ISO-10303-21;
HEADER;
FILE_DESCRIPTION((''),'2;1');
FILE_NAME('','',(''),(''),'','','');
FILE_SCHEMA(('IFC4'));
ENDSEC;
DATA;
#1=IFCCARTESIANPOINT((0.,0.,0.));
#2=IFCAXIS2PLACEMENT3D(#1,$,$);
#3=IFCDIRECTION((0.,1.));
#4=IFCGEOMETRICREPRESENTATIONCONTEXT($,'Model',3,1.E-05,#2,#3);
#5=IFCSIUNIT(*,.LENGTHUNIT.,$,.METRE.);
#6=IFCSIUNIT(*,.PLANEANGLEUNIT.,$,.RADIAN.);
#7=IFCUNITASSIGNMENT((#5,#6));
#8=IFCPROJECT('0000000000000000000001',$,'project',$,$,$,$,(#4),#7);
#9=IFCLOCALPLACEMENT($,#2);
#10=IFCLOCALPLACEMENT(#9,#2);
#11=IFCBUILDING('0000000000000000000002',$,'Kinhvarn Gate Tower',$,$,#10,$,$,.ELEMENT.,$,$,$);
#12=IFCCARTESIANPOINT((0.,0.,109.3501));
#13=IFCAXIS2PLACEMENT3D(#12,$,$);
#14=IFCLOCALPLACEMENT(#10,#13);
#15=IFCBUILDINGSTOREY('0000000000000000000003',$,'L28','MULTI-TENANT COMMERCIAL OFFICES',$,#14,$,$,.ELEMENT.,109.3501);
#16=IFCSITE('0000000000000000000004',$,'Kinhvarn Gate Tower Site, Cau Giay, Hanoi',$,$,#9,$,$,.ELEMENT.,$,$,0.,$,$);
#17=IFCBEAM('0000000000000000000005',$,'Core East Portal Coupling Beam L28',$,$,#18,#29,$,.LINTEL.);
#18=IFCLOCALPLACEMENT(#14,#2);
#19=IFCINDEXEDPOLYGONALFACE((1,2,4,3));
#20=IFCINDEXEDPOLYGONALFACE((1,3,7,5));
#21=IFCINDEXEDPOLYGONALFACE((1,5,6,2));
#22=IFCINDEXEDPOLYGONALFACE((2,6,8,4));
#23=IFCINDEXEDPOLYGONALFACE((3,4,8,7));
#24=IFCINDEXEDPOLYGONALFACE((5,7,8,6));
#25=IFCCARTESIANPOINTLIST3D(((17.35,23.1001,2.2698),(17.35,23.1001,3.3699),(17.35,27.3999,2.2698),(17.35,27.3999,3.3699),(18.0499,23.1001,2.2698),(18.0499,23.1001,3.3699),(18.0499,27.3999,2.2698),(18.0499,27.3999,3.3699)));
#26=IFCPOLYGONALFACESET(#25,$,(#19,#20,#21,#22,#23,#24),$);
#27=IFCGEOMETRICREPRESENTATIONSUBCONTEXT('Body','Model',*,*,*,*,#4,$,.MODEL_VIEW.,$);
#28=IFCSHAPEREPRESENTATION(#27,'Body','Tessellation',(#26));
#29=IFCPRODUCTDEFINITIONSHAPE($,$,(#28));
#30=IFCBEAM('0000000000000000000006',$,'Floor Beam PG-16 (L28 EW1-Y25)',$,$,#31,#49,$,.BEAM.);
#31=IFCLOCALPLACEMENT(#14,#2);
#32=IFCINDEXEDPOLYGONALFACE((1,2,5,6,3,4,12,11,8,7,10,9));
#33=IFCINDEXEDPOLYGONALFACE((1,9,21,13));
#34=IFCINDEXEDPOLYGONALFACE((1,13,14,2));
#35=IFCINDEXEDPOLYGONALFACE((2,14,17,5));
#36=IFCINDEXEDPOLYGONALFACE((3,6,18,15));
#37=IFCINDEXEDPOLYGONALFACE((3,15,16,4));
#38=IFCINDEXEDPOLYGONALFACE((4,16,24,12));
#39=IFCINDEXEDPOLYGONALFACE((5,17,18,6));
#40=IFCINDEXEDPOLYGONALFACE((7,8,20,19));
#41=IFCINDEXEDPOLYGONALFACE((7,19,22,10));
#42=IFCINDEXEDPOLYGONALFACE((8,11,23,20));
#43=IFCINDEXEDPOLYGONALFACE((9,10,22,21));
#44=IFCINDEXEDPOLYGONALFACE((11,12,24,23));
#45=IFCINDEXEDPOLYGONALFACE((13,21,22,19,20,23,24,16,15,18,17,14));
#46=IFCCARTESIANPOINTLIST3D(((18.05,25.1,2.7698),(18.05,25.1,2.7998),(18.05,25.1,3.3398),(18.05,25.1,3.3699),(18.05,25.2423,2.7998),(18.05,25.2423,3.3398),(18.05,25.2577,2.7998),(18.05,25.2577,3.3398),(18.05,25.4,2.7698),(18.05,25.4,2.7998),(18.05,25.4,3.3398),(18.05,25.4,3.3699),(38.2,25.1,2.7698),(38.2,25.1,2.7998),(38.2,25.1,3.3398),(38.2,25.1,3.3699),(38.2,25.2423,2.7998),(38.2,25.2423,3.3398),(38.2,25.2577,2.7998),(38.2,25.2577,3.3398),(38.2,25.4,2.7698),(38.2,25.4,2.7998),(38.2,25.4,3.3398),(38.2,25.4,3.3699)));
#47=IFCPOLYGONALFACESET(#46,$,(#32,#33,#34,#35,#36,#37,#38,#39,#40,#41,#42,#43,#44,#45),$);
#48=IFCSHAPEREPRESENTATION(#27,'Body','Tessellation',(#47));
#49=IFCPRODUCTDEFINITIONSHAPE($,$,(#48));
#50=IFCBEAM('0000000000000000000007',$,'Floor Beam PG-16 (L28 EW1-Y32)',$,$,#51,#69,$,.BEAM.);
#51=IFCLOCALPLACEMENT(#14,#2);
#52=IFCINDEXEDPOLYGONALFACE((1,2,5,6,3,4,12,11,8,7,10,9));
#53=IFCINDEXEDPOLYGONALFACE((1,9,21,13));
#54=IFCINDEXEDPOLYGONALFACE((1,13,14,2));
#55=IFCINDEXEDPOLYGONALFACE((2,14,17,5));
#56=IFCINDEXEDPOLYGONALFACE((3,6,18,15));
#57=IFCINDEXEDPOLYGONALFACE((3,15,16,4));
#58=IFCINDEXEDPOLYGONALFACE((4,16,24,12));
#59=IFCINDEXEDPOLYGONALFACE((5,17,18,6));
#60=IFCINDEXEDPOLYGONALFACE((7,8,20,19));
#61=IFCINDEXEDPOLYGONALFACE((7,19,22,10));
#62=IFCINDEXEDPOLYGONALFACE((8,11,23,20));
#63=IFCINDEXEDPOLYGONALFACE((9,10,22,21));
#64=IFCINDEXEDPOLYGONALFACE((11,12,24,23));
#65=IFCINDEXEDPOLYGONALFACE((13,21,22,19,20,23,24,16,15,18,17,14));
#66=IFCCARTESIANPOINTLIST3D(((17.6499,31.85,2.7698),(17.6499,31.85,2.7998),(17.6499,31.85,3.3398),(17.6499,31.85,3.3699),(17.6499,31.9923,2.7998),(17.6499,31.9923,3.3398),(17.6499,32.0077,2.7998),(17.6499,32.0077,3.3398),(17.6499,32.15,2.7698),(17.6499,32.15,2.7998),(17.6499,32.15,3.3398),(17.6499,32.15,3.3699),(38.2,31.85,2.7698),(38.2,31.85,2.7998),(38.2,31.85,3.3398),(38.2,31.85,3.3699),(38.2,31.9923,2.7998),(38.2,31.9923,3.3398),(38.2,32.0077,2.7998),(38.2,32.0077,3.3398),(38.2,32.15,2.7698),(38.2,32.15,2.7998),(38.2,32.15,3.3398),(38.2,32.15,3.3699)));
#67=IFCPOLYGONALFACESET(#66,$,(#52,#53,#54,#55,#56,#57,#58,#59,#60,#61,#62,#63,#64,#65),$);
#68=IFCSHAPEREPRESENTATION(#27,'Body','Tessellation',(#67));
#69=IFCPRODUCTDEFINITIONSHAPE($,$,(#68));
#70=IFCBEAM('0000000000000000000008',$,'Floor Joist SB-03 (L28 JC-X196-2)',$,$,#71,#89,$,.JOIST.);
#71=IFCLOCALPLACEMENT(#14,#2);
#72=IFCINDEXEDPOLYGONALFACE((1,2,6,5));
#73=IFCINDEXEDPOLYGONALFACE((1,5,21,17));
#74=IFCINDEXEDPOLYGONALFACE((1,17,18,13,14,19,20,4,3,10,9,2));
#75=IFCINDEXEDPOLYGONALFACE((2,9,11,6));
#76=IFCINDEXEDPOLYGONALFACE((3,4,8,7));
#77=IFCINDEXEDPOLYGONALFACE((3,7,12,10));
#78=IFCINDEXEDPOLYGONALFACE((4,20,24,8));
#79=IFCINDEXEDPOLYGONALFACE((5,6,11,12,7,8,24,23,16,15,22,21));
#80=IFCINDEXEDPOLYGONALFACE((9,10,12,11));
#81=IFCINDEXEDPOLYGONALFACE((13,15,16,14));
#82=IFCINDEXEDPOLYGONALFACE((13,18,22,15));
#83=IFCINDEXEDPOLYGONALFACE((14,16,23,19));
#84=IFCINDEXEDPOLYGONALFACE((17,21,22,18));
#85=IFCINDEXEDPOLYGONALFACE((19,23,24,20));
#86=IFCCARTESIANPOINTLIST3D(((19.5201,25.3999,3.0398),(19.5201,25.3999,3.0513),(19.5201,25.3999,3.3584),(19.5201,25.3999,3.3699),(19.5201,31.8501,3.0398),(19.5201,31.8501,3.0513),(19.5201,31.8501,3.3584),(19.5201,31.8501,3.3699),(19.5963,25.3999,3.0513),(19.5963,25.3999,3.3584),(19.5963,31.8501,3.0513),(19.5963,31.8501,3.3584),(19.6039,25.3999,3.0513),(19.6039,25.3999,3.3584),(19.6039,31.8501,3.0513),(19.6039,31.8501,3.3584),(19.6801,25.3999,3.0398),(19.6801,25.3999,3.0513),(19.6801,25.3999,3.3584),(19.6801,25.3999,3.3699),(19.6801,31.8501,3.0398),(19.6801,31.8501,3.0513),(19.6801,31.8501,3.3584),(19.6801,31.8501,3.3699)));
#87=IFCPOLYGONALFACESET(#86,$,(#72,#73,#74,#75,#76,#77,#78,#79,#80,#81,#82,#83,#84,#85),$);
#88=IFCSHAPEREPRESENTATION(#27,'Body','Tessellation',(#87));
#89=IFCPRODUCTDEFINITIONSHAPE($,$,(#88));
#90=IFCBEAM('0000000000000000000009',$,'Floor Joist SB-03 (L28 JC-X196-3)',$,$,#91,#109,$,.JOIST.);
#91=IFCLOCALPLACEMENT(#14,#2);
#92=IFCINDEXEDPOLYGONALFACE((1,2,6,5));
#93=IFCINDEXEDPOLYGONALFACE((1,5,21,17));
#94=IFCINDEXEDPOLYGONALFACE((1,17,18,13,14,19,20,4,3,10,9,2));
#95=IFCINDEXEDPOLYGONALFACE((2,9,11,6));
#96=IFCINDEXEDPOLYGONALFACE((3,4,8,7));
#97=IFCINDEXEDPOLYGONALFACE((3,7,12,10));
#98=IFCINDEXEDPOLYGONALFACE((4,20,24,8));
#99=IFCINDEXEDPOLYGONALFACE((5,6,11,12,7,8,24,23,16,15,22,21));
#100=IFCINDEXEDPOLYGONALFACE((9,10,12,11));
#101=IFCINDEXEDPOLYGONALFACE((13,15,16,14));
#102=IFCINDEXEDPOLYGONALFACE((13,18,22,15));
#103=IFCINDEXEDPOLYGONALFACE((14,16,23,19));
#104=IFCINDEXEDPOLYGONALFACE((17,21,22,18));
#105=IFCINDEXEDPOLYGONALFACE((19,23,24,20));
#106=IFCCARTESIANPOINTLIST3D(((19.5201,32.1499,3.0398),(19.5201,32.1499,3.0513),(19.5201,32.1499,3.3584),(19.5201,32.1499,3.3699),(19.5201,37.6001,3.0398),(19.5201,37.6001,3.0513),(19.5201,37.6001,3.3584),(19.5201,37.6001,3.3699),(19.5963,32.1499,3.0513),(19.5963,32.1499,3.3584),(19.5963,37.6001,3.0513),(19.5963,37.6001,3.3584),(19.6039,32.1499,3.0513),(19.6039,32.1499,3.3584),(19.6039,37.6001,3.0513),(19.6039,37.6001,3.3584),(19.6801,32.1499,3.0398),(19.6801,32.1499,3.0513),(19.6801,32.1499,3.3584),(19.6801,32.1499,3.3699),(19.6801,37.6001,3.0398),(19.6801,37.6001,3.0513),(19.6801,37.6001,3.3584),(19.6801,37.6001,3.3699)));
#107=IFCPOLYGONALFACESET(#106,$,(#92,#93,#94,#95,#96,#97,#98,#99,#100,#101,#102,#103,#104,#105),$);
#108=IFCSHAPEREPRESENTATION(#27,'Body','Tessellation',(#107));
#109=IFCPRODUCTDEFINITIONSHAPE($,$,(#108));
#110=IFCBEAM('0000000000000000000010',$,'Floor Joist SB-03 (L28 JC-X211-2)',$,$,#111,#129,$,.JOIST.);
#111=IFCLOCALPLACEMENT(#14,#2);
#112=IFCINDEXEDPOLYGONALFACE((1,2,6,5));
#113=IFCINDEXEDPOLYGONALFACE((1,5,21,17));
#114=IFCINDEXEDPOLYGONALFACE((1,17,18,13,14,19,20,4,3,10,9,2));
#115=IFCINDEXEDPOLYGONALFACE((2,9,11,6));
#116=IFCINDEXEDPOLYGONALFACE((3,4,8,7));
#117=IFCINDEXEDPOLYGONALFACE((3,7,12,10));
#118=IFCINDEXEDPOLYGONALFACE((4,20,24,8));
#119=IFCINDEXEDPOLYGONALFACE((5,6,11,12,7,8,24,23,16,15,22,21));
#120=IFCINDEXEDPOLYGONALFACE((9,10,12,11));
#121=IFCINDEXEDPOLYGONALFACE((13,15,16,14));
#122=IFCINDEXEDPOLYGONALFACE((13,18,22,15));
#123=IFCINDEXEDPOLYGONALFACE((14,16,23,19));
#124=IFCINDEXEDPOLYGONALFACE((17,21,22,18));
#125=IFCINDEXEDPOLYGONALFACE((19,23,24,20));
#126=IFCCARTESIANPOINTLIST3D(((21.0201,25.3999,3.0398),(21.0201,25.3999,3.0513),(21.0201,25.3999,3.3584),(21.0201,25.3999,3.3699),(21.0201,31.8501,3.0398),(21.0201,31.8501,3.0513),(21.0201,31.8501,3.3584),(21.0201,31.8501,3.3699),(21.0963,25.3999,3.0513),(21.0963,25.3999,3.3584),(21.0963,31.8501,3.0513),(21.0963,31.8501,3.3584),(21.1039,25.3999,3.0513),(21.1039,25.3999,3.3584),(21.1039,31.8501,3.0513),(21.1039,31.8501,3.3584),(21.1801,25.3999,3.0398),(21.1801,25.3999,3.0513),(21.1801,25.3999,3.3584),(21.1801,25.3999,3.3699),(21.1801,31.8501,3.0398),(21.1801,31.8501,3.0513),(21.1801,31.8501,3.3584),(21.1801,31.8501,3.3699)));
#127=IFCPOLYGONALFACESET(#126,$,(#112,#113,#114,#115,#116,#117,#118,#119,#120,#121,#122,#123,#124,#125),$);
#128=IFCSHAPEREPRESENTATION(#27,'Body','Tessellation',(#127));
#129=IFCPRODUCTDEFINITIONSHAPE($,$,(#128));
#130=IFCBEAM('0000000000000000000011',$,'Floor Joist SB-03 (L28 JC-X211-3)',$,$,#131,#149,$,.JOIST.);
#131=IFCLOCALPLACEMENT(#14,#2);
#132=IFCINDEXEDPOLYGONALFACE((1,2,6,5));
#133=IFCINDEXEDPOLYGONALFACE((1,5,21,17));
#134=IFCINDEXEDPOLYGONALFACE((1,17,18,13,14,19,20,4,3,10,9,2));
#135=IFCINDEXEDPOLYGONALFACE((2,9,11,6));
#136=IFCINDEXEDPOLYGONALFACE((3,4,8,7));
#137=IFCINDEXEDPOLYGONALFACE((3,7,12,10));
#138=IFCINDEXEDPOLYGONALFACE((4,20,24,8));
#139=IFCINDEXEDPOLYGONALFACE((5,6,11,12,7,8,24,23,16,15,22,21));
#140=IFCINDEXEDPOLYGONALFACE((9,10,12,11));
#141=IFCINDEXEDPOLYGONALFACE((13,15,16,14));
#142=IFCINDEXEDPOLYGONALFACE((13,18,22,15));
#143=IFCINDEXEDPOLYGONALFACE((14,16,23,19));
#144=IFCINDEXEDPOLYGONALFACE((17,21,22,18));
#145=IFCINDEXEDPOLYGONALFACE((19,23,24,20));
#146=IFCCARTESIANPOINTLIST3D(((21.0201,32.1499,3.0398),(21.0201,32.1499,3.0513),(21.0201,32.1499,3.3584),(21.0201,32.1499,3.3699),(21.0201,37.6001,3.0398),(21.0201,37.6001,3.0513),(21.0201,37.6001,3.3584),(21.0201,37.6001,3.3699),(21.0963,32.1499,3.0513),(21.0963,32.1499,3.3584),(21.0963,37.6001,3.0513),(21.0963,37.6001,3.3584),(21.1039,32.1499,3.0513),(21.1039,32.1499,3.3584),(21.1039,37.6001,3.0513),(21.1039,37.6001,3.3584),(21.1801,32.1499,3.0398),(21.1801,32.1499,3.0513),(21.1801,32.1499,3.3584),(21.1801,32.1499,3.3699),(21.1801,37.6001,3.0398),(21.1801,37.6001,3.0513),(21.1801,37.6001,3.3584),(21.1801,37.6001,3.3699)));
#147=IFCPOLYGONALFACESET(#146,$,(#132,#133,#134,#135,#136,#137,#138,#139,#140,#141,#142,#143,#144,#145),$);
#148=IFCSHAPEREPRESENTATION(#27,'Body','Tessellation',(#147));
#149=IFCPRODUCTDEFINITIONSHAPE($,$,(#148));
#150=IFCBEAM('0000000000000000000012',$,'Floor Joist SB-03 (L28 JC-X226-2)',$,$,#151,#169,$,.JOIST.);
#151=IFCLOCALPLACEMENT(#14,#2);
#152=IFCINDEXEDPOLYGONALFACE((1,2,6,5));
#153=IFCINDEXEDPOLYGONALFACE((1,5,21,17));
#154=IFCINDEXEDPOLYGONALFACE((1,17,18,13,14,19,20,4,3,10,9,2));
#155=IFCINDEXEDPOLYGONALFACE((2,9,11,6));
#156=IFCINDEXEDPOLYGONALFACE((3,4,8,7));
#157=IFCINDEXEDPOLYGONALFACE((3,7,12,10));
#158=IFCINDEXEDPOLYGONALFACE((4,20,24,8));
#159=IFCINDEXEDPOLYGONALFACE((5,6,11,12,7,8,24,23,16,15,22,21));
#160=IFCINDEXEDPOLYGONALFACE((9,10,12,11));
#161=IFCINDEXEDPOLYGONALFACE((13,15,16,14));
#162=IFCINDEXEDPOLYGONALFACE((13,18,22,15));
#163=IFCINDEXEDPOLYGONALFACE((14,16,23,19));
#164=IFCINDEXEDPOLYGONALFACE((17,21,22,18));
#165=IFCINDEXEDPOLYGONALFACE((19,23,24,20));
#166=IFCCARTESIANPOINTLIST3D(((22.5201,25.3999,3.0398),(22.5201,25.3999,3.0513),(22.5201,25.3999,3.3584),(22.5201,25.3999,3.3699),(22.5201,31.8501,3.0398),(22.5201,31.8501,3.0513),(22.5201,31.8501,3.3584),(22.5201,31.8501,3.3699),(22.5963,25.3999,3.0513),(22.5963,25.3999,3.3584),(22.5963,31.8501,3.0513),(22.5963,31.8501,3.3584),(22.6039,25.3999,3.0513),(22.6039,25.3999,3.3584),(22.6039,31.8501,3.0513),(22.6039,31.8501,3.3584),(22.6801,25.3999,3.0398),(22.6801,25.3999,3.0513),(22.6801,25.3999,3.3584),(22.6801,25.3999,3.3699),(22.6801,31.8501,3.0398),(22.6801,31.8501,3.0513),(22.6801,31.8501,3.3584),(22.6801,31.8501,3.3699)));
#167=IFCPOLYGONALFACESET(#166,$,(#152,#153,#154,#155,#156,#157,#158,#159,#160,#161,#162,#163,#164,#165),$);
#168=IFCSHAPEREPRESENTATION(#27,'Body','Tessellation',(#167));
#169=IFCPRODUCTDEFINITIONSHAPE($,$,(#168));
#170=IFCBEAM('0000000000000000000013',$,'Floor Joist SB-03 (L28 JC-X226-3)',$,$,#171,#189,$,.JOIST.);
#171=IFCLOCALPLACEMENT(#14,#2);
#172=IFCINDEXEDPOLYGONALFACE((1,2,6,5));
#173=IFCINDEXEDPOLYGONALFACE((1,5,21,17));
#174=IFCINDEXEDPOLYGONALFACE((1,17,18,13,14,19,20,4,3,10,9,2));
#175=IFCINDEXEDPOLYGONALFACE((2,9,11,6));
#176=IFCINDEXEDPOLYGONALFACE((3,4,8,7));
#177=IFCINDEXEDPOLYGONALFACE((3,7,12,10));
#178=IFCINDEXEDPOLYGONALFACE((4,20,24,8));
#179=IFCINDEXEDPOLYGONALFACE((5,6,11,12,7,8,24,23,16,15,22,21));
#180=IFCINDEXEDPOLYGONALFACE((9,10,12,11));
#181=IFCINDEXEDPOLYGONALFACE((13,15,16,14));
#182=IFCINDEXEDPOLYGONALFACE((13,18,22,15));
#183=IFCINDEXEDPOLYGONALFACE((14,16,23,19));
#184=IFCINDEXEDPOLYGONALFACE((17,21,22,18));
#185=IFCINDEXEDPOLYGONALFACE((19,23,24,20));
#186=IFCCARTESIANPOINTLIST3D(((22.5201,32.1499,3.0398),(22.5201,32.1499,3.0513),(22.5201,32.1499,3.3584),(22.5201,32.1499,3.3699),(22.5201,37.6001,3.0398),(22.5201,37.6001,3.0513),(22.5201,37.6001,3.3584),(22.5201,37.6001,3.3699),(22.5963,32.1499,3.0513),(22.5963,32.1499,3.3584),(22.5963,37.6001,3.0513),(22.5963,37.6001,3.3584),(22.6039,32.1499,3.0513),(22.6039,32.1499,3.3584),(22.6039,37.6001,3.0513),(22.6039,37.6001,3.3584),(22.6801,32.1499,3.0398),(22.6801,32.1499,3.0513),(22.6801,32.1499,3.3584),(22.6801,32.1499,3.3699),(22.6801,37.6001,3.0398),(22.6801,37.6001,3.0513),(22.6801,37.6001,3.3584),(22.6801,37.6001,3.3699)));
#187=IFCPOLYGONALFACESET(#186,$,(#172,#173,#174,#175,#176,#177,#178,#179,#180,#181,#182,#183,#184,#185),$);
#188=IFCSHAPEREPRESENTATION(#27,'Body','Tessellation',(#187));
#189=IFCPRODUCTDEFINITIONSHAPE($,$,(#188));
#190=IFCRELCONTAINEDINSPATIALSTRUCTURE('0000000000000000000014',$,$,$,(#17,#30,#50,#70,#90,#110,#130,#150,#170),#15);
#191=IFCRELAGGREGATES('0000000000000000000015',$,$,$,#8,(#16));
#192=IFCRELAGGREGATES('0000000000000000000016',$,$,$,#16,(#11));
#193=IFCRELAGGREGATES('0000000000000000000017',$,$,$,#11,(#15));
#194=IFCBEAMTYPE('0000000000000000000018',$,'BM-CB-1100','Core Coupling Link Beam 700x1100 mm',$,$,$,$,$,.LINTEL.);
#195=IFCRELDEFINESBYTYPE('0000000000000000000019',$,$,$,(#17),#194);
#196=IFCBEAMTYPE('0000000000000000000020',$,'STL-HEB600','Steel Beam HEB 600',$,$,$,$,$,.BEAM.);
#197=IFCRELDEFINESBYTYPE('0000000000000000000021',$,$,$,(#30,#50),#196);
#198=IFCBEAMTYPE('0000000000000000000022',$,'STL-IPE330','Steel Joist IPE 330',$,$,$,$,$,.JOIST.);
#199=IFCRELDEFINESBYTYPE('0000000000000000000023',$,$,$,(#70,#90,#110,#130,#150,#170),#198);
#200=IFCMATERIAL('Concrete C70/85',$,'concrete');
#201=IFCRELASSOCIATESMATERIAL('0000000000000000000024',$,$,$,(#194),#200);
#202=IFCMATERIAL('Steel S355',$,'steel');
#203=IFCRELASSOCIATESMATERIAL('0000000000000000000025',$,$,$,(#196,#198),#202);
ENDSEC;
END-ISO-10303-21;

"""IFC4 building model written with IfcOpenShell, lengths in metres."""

from ifc_helpers import new_model, si_unit, direction, frame, origin, origin_2d, place, context, subcontext, project, spatial, rectangle, i_section, extrude, material, material_profile, profile_set, type_object, element, save


model = new_model("IFC4")

# Units and contexts
model_context = context("Model", 3, precision=1e-05, world=origin(), true_north=direction((0.0, 1.0)))
body_context = subcontext(model_context, "Body", "Model", "MODEL_VIEW")
ifc_project = project(units=[si_unit("LENGTHUNIT", "METRE"), si_unit("PLANEANGLEUNIT", "RADIAN")], contexts=[model_context])

# Site, building, storey
site_placement = place(None, origin())
site = spatial("IfcSite", under=ifc_project, at=site_placement, Name="Kinhvarn Gate Tower Site, Cau Giay, Hanoi", CompositionType="ELEMENT", RefElevation=0.0)
building_placement = place(site_placement, origin())
building = spatial("IfcBuilding", under=site, at=building_placement, Name="Kinhvarn Gate Tower", CompositionType="ELEMENT")
storey_placement = place(building_placement, frame((0.0, 0.0, 109.3501)))
storey = spatial("IfcBuildingStorey", under=building, at=storey_placement, Name="L28", Description="MULTI-TENANT COMMERCIAL OFFICES", CompositionType="ELEMENT", Elevation=109.3501)

# Beams
ifc_material_1 = material(Name="Concrete C70/85", Category="concrete")
ifc_material_profile_1 = material_profile(ifc_material_1, rectangle(XDim=0.7, YDim=1.1001, at=origin_2d()), Name="RC 700x1100")
ifc_profile_set_1 = profile_set([ifc_material_profile_1], Name="Concrete C70/85")
beam_type_1 = type_object("IfcBeamType", Name="BM-CB-1100", Description="Core Coupling Link Beam 700x1100 mm", PredefinedType="LINTEL", material=ifc_profile_set_1)
beam_1_placement = place(storey_placement, frame((17.7, 23.1001, 2.8198), z_axis=(0.0, 1.0, 0.0), x_axis=(-1.0, 0.0, 0.0)))
element("IfcBeam", 1, at=beam_1_placement, inside=storey, type_object=beam_type_1, Name="Core East Portal Coupling Beam L28", PredefinedType="LINTEL", context=body_context, shape_type="SweptSolid", body=[
    extrude(rectangle(XDim=0.7, YDim=1.1001, at=origin_2d()), origin(), (0.0, 0.0, 1.0), 4.2998),
])
ifc_material_2 = material(Name="Steel S355", Category="steel")
ifc_material_profile_2 = material_profile(ifc_material_2, i_section(OverallWidth=0.3, OverallDepth=0.6001, WebThickness=0.0154, FlangeThickness=0.03, at=origin_2d()), Name="HEB 600")
ifc_profile_set_2 = profile_set([ifc_material_profile_2], Name="Steel S355")
beam_type_2 = type_object("IfcBeamType", Name="STL-HEB600", Description="Steel Beam HEB 600", PredefinedType="BEAM", material=ifc_profile_set_2)
beam_2_placement = place(storey_placement, frame((18.05, 25.25, 3.0698), z_axis=(1.0, 0.0, 0.0), x_axis=(0.0, 1.0, 0.0)))
element("IfcBeam", 2, at=beam_2_placement, inside=storey, type_object=beam_type_2, Name="Floor Beam PG-16 (L28 EW1-Y25)", PredefinedType="BEAM", context=body_context, shape_type="SweptSolid", body=[
    extrude(i_section(OverallWidth=0.3, OverallDepth=0.6001, WebThickness=0.0154, FlangeThickness=0.03, at=origin_2d()), origin(), (0.0, 0.0, 1.0), 20.1499),
])
beam_3_placement = place(storey_placement, frame((17.6499, 32.0, 3.0698), z_axis=(1.0, 0.0, 0.0), x_axis=(0.0, 1.0, 0.0)))
element("IfcBeam", 3, at=beam_3_placement, inside=storey, type_object=beam_type_2, Name="Floor Beam PG-16 (L28 EW1-Y32)", PredefinedType="BEAM", context=body_context, shape_type="SweptSolid", body=[
    extrude(i_section(OverallWidth=0.3, OverallDepth=0.6001, WebThickness=0.0154, FlangeThickness=0.03, at=origin_2d()), origin(), (0.0, 0.0, 1.0), 20.55),
])
ifc_material_profile_3 = material_profile(ifc_material_2, i_section(OverallWidth=0.1599, OverallDepth=0.3301, WebThickness=0.0076, FlangeThickness=0.0115, at=origin_2d()), Name="IPE 330")
ifc_profile_set_3 = profile_set([ifc_material_profile_3], Name="Steel S355")
beam_type_3 = type_object("IfcBeamType", Name="STL-IPE330", Description="Steel Joist IPE 330", PredefinedType="JOIST", material=ifc_profile_set_3)
beam_4_placement = place(storey_placement, frame((19.6001, 25.3999, 3.2048), z_axis=(0.0, 1.0, 0.0), x_axis=(-1.0, 0.0, 0.0)))
element("IfcBeam", 4, at=beam_4_placement, inside=storey, type_object=beam_type_3, Name="Floor Joist SB-03 (L28 JC-X196-2)", PredefinedType="JOIST", context=body_context, shape_type="SweptSolid", body=[
    extrude(i_section(OverallWidth=0.1599, OverallDepth=0.3301, WebThickness=0.0076, FlangeThickness=0.0115, at=origin_2d()), origin(), (0.0, 0.0, 1.0), 6.4502),
])
beam_5_placement = place(storey_placement, frame((19.6001, 32.1499, 3.2048), z_axis=(0.0, 1.0, 0.0), x_axis=(-1.0, 0.0, 0.0)))
element("IfcBeam", 5, at=beam_5_placement, inside=storey, type_object=beam_type_3, Name="Floor Joist SB-03 (L28 JC-X196-3)", PredefinedType="JOIST", context=body_context, shape_type="SweptSolid", body=[
    extrude(i_section(OverallWidth=0.1599, OverallDepth=0.3301, WebThickness=0.0076, FlangeThickness=0.0115, at=origin_2d()), origin(), (0.0, 0.0, 1.0), 5.4502),
])
beam_6_placement = place(storey_placement, frame((21.1001, 25.3999, 3.2048), z_axis=(0.0, 1.0, 0.0), x_axis=(-1.0, 0.0, 0.0)))
element("IfcBeam", 6, at=beam_6_placement, inside=storey, type_object=beam_type_3, Name="Floor Joist SB-03 (L28 JC-X211-2)", PredefinedType="JOIST", context=body_context, shape_type="SweptSolid", body=[
    extrude(i_section(OverallWidth=0.1599, OverallDepth=0.3301, WebThickness=0.0076, FlangeThickness=0.0115, at=origin_2d()), origin(), (0.0, 0.0, 1.0), 6.4502),
])
beam_7_placement = place(storey_placement, frame((21.1001, 32.1499, 3.2048), z_axis=(0.0, 1.0, 0.0), x_axis=(-1.0, 0.0, 0.0)))
element("IfcBeam", 7, at=beam_7_placement, inside=storey, type_object=beam_type_3, Name="Floor Joist SB-03 (L28 JC-X211-3)", PredefinedType="JOIST", context=body_context, shape_type="SweptSolid", body=[
    extrude(i_section(OverallWidth=0.1599, OverallDepth=0.3301, WebThickness=0.0076, FlangeThickness=0.0115, at=origin_2d()), origin(), (0.0, 0.0, 1.0), 5.4502),
])
beam_8_placement = place(storey_placement, frame((22.6001, 25.3999, 3.2048), z_axis=(0.0, 1.0, 0.0), x_axis=(-1.0, 0.0, 0.0)))
element("IfcBeam", 8, at=beam_8_placement, inside=storey, type_object=beam_type_3, Name="Floor Joist SB-03 (L28 JC-X226-2)", PredefinedType="JOIST", context=body_context, shape_type="SweptSolid", body=[
    extrude(i_section(OverallWidth=0.1599, OverallDepth=0.3301, WebThickness=0.0076, FlangeThickness=0.0115, at=origin_2d()), origin(), (0.0, 0.0, 1.0), 6.4502),
])
beam_9_placement = place(storey_placement, frame((22.6001, 32.1499, 3.2048), z_axis=(0.0, 1.0, 0.0), x_axis=(-1.0, 0.0, 0.0)))
element("IfcBeam", 9, at=beam_9_placement, inside=storey, type_object=beam_type_3, Name="Floor Joist SB-03 (L28 JC-X226-3)", PredefinedType="JOIST", context=body_context, shape_type="SweptSolid", body=[
    extrude(i_section(OverallWidth=0.1599, OverallDepth=0.3301, WebThickness=0.0076, FlangeThickness=0.0115, at=origin_2d()), origin(), (0.0, 0.0, 1.0), 5.4502),
])

save(model, "model.ifc")
